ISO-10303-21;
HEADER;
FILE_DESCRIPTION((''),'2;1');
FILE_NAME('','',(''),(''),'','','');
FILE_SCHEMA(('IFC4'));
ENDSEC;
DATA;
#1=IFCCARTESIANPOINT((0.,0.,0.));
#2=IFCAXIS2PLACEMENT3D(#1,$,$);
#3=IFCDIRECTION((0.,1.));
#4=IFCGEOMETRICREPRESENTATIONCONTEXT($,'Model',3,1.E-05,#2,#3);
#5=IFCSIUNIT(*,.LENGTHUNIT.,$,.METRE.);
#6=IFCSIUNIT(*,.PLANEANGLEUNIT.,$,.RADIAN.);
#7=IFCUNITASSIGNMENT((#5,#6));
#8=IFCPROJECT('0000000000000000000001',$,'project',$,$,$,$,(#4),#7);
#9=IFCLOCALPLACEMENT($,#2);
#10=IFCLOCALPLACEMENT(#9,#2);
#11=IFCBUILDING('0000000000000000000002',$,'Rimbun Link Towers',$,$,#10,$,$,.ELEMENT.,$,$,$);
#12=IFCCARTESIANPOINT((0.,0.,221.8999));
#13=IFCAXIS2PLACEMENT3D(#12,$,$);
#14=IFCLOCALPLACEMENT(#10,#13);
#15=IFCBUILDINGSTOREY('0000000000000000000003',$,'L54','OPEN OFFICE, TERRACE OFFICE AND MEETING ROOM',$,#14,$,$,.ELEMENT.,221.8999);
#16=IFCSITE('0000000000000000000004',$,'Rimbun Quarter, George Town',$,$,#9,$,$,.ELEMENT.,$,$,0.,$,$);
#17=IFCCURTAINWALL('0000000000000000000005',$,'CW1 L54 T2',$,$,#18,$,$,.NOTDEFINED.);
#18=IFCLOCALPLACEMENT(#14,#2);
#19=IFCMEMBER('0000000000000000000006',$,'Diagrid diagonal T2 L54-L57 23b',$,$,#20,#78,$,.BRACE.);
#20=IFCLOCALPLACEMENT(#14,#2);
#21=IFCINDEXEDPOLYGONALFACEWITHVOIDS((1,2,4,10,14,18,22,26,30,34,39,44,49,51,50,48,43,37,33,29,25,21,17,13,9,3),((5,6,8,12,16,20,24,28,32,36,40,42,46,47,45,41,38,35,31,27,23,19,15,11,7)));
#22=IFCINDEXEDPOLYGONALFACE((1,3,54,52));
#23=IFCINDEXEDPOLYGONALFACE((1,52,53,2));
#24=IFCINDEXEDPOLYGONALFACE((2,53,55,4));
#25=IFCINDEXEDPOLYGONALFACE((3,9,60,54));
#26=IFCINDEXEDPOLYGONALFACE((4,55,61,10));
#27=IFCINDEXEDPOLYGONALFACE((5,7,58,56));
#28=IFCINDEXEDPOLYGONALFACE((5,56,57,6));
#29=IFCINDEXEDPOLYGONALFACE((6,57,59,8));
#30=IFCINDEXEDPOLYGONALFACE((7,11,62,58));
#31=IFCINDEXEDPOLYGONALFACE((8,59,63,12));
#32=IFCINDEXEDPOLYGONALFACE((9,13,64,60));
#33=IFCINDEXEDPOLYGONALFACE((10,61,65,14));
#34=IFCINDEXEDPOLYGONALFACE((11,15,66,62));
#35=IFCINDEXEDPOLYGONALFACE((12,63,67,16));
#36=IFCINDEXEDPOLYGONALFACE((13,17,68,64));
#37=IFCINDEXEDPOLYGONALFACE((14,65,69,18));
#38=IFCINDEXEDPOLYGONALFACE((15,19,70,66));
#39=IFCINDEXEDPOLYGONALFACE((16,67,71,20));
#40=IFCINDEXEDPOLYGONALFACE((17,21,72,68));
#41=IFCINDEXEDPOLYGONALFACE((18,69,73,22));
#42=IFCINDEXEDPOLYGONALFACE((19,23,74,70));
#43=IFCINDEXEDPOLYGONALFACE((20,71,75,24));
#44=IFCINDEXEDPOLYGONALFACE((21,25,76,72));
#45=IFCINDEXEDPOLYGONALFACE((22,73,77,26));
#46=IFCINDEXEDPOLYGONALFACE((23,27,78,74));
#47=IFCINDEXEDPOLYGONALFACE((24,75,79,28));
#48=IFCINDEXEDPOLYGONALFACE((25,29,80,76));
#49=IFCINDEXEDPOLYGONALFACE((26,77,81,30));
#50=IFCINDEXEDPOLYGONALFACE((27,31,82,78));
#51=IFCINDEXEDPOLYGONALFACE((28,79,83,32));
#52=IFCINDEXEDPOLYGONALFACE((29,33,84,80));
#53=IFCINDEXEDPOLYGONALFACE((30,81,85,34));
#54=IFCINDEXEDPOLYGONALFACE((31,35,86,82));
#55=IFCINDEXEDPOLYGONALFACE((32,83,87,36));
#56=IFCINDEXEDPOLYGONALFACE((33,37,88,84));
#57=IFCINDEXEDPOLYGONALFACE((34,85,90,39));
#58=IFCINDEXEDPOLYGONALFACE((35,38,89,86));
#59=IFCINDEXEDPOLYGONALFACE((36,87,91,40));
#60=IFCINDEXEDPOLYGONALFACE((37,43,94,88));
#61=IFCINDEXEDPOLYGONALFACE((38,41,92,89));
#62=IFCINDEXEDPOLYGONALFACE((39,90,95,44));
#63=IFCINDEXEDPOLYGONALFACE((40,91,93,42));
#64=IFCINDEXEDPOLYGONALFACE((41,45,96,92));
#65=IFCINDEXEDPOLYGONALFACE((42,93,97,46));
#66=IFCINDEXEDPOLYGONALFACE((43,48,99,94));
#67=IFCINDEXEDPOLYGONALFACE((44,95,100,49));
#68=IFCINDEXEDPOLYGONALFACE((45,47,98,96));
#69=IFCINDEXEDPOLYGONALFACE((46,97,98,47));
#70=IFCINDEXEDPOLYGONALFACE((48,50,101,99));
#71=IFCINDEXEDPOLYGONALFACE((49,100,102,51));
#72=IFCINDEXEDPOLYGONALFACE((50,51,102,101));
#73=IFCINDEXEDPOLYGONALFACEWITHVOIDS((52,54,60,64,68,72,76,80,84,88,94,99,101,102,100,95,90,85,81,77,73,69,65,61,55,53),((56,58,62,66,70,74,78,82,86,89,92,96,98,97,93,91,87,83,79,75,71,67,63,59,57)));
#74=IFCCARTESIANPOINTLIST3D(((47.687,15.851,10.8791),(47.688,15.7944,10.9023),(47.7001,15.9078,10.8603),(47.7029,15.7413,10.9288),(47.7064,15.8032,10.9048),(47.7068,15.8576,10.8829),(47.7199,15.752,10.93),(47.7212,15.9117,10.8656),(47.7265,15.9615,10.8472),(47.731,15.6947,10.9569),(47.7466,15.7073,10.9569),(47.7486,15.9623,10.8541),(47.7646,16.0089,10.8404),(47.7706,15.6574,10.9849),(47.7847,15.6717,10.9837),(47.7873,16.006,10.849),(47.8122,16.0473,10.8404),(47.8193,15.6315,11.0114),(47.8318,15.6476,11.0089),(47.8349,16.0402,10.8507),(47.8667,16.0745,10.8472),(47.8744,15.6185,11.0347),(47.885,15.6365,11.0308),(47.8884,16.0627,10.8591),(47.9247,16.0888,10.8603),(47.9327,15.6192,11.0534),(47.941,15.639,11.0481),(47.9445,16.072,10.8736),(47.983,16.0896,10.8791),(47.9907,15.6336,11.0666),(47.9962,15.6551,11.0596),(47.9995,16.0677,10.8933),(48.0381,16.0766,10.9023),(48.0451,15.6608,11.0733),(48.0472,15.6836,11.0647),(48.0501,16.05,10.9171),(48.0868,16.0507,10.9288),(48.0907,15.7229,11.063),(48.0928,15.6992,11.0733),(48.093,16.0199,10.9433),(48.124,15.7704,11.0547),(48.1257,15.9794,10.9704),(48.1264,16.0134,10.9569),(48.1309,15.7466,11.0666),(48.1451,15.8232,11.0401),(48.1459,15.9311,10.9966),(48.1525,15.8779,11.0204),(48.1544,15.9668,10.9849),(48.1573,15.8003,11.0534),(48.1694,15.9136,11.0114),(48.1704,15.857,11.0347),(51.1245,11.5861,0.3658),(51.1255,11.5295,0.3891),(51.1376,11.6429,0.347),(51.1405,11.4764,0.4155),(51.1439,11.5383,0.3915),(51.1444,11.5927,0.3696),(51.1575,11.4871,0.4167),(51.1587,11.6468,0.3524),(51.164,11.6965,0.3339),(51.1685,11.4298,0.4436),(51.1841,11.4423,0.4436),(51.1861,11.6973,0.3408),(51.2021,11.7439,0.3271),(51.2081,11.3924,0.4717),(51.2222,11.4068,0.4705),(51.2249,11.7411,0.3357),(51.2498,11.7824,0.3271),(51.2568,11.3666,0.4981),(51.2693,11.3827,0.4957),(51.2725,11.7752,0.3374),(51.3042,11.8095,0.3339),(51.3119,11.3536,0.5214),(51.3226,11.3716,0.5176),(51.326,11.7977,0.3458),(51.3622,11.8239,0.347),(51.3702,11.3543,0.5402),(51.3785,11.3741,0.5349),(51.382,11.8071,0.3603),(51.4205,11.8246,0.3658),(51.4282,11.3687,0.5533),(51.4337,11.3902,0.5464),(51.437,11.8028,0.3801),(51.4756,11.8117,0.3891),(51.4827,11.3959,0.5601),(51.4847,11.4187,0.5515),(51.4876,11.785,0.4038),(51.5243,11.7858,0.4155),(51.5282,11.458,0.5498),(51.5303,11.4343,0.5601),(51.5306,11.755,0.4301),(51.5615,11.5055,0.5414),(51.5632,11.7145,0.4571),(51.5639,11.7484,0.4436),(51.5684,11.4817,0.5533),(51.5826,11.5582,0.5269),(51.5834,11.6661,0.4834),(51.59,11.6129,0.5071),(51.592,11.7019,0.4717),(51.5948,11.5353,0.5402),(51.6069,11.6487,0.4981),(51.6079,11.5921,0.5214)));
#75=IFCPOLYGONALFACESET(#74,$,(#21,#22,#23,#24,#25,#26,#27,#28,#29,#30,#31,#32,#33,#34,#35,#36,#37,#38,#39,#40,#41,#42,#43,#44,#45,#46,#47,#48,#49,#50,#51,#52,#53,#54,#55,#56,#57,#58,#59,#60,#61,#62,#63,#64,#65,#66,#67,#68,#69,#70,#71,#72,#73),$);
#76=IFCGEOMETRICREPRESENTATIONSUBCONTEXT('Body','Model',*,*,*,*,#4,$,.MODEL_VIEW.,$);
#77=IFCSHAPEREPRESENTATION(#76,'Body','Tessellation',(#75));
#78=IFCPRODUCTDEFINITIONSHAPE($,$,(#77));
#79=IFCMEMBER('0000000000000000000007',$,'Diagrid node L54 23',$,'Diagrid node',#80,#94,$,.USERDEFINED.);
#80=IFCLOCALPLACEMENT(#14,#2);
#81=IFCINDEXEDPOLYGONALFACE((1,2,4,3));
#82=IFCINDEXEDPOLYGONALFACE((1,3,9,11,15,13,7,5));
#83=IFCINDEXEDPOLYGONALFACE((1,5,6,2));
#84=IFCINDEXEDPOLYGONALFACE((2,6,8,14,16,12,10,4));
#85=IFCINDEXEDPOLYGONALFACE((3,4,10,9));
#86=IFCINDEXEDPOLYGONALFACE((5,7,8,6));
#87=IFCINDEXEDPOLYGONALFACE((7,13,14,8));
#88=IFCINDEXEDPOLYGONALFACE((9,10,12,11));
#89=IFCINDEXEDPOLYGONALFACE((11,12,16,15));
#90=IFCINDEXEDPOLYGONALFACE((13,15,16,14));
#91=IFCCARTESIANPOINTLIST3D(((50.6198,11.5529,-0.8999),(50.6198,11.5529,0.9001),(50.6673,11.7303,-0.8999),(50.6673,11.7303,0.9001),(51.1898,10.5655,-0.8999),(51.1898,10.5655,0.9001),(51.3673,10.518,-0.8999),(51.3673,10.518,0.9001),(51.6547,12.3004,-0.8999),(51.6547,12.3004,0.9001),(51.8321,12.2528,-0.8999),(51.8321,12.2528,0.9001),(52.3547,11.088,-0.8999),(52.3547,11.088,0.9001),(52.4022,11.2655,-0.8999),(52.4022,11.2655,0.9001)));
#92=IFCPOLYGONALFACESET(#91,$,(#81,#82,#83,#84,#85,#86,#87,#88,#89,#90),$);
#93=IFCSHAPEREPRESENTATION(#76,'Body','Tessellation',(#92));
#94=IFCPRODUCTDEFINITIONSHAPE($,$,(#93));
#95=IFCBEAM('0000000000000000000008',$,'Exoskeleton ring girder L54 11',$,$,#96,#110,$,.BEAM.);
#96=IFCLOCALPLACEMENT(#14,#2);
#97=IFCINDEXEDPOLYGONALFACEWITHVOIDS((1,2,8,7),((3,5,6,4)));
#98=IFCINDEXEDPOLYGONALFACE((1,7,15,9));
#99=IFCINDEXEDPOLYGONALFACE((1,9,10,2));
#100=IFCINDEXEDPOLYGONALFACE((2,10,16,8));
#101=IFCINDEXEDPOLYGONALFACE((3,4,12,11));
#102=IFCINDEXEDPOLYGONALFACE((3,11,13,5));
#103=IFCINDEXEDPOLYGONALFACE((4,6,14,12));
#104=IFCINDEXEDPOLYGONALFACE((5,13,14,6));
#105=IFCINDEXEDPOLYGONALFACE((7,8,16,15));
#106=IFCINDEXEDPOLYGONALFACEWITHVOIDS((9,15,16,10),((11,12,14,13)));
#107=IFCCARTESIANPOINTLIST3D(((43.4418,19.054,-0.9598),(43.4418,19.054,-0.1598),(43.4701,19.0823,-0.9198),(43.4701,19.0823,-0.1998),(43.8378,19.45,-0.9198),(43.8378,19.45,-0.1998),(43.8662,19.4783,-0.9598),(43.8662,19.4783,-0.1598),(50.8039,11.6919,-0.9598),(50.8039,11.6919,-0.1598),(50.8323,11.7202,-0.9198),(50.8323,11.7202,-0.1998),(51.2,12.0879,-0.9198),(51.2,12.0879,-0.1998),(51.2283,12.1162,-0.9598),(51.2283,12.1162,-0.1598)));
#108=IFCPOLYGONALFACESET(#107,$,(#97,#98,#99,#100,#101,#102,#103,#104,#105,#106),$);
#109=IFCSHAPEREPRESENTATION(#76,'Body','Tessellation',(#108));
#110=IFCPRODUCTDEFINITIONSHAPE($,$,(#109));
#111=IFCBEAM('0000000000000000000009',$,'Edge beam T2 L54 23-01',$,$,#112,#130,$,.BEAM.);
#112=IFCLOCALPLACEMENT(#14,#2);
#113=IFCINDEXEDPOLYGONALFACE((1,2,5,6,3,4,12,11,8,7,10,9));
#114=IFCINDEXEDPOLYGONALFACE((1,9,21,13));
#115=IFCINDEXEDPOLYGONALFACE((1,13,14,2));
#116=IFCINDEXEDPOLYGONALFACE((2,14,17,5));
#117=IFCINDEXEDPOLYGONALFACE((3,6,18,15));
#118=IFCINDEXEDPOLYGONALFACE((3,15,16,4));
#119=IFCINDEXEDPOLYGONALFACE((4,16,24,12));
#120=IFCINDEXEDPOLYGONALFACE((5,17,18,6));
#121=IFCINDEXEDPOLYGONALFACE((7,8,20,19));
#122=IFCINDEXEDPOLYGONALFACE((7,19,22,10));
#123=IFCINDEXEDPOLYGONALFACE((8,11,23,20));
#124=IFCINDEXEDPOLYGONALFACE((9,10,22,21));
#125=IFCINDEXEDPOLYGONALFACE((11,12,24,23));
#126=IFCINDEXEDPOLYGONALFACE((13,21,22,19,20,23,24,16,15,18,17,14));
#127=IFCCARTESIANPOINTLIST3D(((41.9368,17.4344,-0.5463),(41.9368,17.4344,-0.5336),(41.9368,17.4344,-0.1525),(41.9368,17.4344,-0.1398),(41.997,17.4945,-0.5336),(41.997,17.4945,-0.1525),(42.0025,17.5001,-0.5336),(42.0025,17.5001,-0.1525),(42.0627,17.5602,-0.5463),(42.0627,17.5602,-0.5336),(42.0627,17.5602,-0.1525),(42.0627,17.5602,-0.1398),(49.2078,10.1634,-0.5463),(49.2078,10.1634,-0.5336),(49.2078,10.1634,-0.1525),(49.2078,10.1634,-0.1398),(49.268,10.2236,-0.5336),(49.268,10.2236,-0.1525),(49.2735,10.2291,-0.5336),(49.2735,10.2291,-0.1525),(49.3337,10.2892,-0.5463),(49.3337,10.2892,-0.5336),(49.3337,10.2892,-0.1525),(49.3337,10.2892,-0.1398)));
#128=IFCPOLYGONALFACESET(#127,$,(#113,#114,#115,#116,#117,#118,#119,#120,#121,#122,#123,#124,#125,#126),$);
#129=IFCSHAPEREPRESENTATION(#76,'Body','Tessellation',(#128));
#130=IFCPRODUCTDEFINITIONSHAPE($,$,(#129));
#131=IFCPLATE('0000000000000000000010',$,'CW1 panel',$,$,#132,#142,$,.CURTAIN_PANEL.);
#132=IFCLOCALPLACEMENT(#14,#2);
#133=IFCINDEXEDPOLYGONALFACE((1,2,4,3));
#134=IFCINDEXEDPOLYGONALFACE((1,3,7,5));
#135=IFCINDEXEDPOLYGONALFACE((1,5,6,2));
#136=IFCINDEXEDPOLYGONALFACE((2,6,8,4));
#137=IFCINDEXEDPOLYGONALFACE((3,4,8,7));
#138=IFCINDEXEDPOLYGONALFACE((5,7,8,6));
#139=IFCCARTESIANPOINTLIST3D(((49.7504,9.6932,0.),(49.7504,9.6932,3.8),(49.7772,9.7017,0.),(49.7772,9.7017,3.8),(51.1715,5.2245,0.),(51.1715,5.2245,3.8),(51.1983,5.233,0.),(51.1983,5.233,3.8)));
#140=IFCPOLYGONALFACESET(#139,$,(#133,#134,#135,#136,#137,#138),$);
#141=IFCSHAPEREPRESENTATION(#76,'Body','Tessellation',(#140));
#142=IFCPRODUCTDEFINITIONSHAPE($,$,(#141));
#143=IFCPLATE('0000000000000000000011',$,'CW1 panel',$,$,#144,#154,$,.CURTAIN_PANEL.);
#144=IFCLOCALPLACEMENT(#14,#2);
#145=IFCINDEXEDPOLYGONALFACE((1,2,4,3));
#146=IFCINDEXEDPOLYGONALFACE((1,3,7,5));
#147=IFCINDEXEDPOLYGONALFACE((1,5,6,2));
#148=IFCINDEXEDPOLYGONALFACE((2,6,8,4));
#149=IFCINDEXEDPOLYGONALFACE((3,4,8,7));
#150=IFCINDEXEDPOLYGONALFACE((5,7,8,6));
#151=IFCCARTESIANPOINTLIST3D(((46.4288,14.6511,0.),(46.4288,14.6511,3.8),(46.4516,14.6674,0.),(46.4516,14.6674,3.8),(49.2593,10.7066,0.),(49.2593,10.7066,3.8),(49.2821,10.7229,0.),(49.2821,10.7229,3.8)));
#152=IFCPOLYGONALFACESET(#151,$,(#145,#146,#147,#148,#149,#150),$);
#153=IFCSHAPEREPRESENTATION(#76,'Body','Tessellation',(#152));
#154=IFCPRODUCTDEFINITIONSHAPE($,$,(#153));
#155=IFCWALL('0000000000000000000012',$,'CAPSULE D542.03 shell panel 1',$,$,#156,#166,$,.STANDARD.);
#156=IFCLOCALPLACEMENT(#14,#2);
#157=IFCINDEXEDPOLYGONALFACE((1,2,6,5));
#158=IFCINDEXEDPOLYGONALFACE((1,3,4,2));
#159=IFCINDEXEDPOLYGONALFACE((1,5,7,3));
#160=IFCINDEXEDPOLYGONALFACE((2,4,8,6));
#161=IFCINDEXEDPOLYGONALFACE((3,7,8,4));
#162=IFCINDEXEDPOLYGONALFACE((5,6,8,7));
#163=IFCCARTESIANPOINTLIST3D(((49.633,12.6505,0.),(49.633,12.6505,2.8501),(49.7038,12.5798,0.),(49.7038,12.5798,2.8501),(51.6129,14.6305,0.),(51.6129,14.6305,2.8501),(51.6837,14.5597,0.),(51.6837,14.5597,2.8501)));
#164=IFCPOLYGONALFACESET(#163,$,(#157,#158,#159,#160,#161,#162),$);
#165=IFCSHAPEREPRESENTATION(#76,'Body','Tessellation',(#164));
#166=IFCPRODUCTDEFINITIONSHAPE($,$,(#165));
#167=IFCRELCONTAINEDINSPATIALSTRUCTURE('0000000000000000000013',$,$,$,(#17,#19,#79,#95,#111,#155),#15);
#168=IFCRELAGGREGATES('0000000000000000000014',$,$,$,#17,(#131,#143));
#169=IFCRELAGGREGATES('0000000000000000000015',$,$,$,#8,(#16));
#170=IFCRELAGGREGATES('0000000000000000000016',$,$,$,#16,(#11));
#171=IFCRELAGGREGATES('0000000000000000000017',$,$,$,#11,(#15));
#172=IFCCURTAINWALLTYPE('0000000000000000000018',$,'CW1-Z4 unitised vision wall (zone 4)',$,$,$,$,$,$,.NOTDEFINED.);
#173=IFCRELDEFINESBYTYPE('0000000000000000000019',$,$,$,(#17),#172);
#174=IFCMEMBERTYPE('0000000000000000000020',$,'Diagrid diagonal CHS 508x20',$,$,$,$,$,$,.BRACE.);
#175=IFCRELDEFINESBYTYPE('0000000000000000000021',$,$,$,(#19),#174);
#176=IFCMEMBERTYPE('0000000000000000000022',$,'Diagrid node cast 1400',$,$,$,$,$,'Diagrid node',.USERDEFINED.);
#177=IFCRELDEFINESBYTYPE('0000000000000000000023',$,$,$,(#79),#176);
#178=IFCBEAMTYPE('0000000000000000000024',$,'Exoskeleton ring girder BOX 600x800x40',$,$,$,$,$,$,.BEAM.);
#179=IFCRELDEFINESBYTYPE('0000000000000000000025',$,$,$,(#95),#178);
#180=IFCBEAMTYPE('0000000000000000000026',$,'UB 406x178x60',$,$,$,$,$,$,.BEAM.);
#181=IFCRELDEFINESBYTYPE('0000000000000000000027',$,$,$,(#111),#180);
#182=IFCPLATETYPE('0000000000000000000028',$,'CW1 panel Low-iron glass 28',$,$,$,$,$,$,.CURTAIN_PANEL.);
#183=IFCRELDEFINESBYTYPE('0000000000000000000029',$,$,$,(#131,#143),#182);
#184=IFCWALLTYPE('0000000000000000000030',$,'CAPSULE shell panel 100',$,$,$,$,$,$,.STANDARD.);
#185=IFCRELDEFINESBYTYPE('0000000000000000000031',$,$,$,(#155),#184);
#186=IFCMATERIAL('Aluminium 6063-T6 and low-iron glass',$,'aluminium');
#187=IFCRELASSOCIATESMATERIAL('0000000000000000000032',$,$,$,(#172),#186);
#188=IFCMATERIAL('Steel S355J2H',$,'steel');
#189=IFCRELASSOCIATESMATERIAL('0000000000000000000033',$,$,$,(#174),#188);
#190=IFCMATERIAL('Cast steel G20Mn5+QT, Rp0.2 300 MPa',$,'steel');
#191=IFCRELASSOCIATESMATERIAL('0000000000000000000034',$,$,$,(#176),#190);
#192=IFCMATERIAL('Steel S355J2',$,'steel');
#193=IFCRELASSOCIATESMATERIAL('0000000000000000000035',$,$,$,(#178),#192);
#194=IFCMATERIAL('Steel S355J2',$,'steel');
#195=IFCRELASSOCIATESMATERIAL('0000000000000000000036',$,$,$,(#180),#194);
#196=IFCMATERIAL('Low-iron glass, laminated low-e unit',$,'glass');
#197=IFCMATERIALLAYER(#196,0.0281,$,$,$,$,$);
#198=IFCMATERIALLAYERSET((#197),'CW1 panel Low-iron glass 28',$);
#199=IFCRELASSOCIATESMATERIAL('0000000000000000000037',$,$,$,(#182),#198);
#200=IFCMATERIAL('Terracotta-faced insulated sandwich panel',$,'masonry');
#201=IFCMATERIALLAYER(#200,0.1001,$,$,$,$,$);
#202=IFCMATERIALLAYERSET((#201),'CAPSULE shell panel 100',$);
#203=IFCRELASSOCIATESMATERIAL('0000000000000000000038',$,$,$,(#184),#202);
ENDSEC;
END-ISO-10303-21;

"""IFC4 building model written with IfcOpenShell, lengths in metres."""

from ifc_helpers import new_model, si_unit, direction, frame, frame_2d, origin, origin_2d, place, context, subcontext, project, spatial, polyline, rectangle, hollow_rectangle, hollow_circle, i_section, outline, extrude, material, layer, layer_set, material_profile, profile_set, type_object, element, aggregate, save


model = new_model("IFC4")

# Units and contexts
model_context = context("Model", 3, precision=1e-05, world=origin(), true_north=direction((0.0, 1.0)))
body_context = subcontext(model_context, "Body", "Model", "MODEL_VIEW")
ifc_project = project(units=[si_unit("LENGTHUNIT", "METRE"), si_unit("PLANEANGLEUNIT", "RADIAN")], contexts=[model_context])

# Site, building, storey
site_placement = place(None, origin())
site = spatial("IfcSite", under=ifc_project, at=site_placement, Name="Rimbun Quarter, George Town", CompositionType="ELEMENT", RefElevation=0.0)
building_placement = place(site_placement, origin())
building = spatial("IfcBuilding", under=site, at=building_placement, Name="Rimbun Link Towers", CompositionType="ELEMENT")
storey_placement = place(building_placement, frame((0.0, 0.0, 221.8999)))
storey = spatial("IfcBuildingStorey", under=building, at=storey_placement, Name="L54", Description="OPEN OFFICE, TERRACE OFFICE AND MEETING ROOM", CompositionType="ELEMENT", Elevation=221.8999)

# Curtain wall
ifc_material_1 = material(Name="Aluminium 6063-T6 and low-iron glass", Category="aluminium")
curtain_wall_type = type_object("IfcCurtainWallType", Name="CW1-Z4 unitised vision wall (zone 4)", PredefinedType="NOTDEFINED", material=ifc_material_1)
curtain_wall_placement = place(storey_placement, origin())
curtain_wall = element("IfcCurtainWall", 1, at=curtain_wall_placement, inside=storey, type_object=curtain_wall_type, Name="CW1 L54 T2", PredefinedType="NOTDEFINED")

# Members
ifc_material_2 = material(Name="Steel S355J2H", Category="steel")
ifc_material_profile_1 = material_profile(ifc_material_2, hollow_circle(Radius=0.2539, WallThickness=0.02, at=origin_2d()), Name="Diagrid diagonal CHS 508x20")
ifc_profile_set_1 = profile_set([ifc_material_profile_1], Name="Steel S355J2H")
member_type_1 = type_object("IfcMemberType", Name="Diagrid diagonal CHS 508x20", PredefinedType="BRACE", material=ifc_profile_set_1)
member_1_placement = place(storey_placement, frame((51.3662, 11.5891, 0.4436), z_axis=(-0.289971, 0.359765, 0.88684), x_axis=(-0.778585, -0.627539, 0.0)))
element("IfcMember", 2, at=member_1_placement, inside=storey, type_object=member_type_1, Name="Diagrid diagonal T2 L54-L57 23b", PredefinedType="BRACE", context=body_context, shape_type="SweptSolid", body=[
    extrude(hollow_circle(Radius=0.2539, WallThickness=0.02, at=origin_2d()), origin(), (0.0, 0.0, 1.0), 11.8547),
])
ifc_material_3 = material(Name="Cast steel G20Mn5+QT, Rp0.2 300 MPa", Category="steel")
ifc_material_profile_2 = material_profile(ifc_material_3, outline(polyline([(0.7, -0.5701), (0.7, 0.5701), (0.5701, 0.7), (-0.5701, 0.7), (-0.7, 0.5701), (-0.7, -0.5701), (-0.5701, -0.7), (0.5701, -0.7), (0.7, -0.5701)])), Name="NODE 1400x1400")
ifc_profile_set_2 = profile_set([ifc_material_profile_2], Name="Cast steel G20Mn5+QT, Rp0.2 300 MPa")
member_type_2 = type_object("IfcMemberType", Name="Diagrid node cast 1400", ElementType="Diagrid node", PredefinedType="USERDEFINED", material=ifc_profile_set_2)
member_2_placement = place(storey_placement, frame((51.511, 11.4092, -0.8999), z_axis=(0.0, 0.0, 1.0), x_axis=(0.866025, 0.5, 0.0)))
element("IfcMember", 3, at=member_2_placement, inside=storey, type_object=member_type_2, Name="Diagrid node L54 23", ObjectType="Diagrid node", PredefinedType="USERDEFINED", context=body_context, shape_type="SweptSolid", body=[
    extrude(outline(polyline([(0.7, -0.5701), (0.7, 0.5701), (0.5701, 0.7), (-0.5701, 0.7), (-0.7, 0.5701), (-0.7, -0.5701), (-0.5701, -0.7), (0.5701, -0.7), (0.7, -0.5701)])), origin(), (0.0, 0.0, 1.0), 1.8),
])

# Beams
ifc_material_4 = material(Name="Steel S355J2", Category="steel")
ifc_material_profile_3 = material_profile(ifc_material_4, hollow_rectangle(XDim=0.6001, YDim=0.8, WallThickness=0.04, at=origin_2d()), Name="Exoskeleton ring girder BOX 600x800x40")
ifc_profile_set_3 = profile_set([ifc_material_profile_3], Name="Steel S355J2")
beam_type_1 = type_object("IfcBeamType", Name="Exoskeleton ring girder BOX 600x800x40", PredefinedType="BEAM", material=ifc_profile_set_3)
beam_1_placement = place(storey_placement, frame((51.0161, 11.9041, -0.5598), z_axis=(-0.707107, 0.707107, 0.0), x_axis=(-0.707107, -0.707107, 0.0)))
element("IfcBeam", 4, at=beam_1_placement, inside=storey, type_object=beam_type_1, Name="Exoskeleton ring girder L54 11", PredefinedType="BEAM", context=body_context, shape_type="SweptSolid", body=[
    extrude(hollow_rectangle(XDim=0.6001, YDim=0.8, WallThickness=0.04, at=origin_2d()), origin(), (0.0, 0.0, 1.0), 10.4116),
])
ifc_material_5 = material(Name="Steel S355J2", Category="steel")
ifc_material_profile_4 = material_profile(ifc_material_5, i_section(OverallWidth=0.178, OverallDepth=0.4065, WebThickness=0.0078, FlangeThickness=0.0127, at=origin_2d()), Name="UB 406x178x60")
ifc_profile_set_4 = profile_set([ifc_material_profile_4], Name="Steel S355J2")
beam_type_2 = type_object("IfcBeamType", Name="UB 406x178x60", PredefinedType="BEAM", material=ifc_profile_set_4)
beam_2_placement = place(storey_placement, frame((49.2708, 10.2263, -0.343), z_axis=(-0.707107, 0.707107, 0.0), x_axis=(-0.707107, -0.707107, 0.0)))
element("IfcBeam", 5, at=beam_2_placement, inside=storey, type_object=beam_type_2, Name="Edge beam T2 L54 23-01", PredefinedType="BEAM", context=body_context, shape_type="SweptSolid", body=[
    extrude(i_section(OverallWidth=0.178, OverallDepth=0.4065, WebThickness=0.0078, FlangeThickness=0.0127, at=origin_2d()), origin(), (0.0, 0.0, 1.0), 10.2827),
])

# Plates
ifc_material_6 = material(Name="Low-iron glass, laminated low-e unit", Category="glass")
ifc_layer_1 = layer(ifc_material_6, 0.0281)
ifc_layer_set_1 = layer_set([ifc_layer_1], Name="CW1 panel Low-iron glass 28")
plate_type = type_object("IfcPlateType", Name="CW1 panel Low-iron glass 28", PredefinedType="CURTAIN_PANEL", material=ifc_layer_set_1)
plate_1_placement = place(storey_placement, frame((50.4744, 7.4631, 0.0), z_axis=(0.0, 0.0, 1.0), x_axis=(0.303053, -0.952974, 0.0)))
plate_1 = element("IfcPlate", 6, at=plate_1_placement, type_object=plate_type, Name="CW1 panel", PredefinedType="CURTAIN_PANEL", context=body_context, shape_type="SweptSolid", body=[
    extrude(rectangle(XDim=4.6892, YDim=0.0281, at=origin_2d()), origin(), (0.0, 0.0, 1.0), 3.8),
])
plate_2_placement = place(storey_placement, frame((47.8555, 12.687, 0.0), z_axis=(0.0, 0.0, 1.0), x_axis=(0.583009, -0.812465, 0.0)))
plate_2 = element("IfcPlate", 7, at=plate_2_placement, type_object=plate_type, Name="CW1 panel", PredefinedType="CURTAIN_PANEL", context=body_context, shape_type="SweptSolid", body=[
    extrude(rectangle(XDim=4.855, YDim=0.0281, at=origin_2d()), origin(), (0.0, 0.0, 1.0), 3.8),
])
aggregate(curtain_wall, [plate_1, plate_2])

# Wall
ifc_material_7 = material(Name="Terracotta-faced insulated sandwich panel", Category="masonry")
ifc_layer_2 = layer(ifc_material_7, 0.1001)
ifc_layer_set_2 = layer_set([ifc_layer_2], Name="CAPSULE shell panel 100")
wall_type_1 = type_object("IfcWallType", Name="CAPSULE shell panel 100", PredefinedType="STANDARD", material=ifc_layer_set_2)
wall_1_placement = place(storey_placement, frame((49.6685, 12.6152, 0.0), z_axis=(0.0, 0.0, 1.0), x_axis=(0.707107, 0.707107, 0.0)))
element("IfcWall", 8, at=wall_1_placement, inside=storey, type_object=wall_type_1, Name="CAPSULE D542.03 shell panel 1", PredefinedType="STANDARD", context=body_context, shape_type="SweptSolid", body=[
    extrude(rectangle(XDim=2.8, YDim=0.1001, at=frame_2d((1.3999, 0.0))), origin(), (0.0, 0.0, 1.0), 2.8501),
])

save(model, "model.ifc")
